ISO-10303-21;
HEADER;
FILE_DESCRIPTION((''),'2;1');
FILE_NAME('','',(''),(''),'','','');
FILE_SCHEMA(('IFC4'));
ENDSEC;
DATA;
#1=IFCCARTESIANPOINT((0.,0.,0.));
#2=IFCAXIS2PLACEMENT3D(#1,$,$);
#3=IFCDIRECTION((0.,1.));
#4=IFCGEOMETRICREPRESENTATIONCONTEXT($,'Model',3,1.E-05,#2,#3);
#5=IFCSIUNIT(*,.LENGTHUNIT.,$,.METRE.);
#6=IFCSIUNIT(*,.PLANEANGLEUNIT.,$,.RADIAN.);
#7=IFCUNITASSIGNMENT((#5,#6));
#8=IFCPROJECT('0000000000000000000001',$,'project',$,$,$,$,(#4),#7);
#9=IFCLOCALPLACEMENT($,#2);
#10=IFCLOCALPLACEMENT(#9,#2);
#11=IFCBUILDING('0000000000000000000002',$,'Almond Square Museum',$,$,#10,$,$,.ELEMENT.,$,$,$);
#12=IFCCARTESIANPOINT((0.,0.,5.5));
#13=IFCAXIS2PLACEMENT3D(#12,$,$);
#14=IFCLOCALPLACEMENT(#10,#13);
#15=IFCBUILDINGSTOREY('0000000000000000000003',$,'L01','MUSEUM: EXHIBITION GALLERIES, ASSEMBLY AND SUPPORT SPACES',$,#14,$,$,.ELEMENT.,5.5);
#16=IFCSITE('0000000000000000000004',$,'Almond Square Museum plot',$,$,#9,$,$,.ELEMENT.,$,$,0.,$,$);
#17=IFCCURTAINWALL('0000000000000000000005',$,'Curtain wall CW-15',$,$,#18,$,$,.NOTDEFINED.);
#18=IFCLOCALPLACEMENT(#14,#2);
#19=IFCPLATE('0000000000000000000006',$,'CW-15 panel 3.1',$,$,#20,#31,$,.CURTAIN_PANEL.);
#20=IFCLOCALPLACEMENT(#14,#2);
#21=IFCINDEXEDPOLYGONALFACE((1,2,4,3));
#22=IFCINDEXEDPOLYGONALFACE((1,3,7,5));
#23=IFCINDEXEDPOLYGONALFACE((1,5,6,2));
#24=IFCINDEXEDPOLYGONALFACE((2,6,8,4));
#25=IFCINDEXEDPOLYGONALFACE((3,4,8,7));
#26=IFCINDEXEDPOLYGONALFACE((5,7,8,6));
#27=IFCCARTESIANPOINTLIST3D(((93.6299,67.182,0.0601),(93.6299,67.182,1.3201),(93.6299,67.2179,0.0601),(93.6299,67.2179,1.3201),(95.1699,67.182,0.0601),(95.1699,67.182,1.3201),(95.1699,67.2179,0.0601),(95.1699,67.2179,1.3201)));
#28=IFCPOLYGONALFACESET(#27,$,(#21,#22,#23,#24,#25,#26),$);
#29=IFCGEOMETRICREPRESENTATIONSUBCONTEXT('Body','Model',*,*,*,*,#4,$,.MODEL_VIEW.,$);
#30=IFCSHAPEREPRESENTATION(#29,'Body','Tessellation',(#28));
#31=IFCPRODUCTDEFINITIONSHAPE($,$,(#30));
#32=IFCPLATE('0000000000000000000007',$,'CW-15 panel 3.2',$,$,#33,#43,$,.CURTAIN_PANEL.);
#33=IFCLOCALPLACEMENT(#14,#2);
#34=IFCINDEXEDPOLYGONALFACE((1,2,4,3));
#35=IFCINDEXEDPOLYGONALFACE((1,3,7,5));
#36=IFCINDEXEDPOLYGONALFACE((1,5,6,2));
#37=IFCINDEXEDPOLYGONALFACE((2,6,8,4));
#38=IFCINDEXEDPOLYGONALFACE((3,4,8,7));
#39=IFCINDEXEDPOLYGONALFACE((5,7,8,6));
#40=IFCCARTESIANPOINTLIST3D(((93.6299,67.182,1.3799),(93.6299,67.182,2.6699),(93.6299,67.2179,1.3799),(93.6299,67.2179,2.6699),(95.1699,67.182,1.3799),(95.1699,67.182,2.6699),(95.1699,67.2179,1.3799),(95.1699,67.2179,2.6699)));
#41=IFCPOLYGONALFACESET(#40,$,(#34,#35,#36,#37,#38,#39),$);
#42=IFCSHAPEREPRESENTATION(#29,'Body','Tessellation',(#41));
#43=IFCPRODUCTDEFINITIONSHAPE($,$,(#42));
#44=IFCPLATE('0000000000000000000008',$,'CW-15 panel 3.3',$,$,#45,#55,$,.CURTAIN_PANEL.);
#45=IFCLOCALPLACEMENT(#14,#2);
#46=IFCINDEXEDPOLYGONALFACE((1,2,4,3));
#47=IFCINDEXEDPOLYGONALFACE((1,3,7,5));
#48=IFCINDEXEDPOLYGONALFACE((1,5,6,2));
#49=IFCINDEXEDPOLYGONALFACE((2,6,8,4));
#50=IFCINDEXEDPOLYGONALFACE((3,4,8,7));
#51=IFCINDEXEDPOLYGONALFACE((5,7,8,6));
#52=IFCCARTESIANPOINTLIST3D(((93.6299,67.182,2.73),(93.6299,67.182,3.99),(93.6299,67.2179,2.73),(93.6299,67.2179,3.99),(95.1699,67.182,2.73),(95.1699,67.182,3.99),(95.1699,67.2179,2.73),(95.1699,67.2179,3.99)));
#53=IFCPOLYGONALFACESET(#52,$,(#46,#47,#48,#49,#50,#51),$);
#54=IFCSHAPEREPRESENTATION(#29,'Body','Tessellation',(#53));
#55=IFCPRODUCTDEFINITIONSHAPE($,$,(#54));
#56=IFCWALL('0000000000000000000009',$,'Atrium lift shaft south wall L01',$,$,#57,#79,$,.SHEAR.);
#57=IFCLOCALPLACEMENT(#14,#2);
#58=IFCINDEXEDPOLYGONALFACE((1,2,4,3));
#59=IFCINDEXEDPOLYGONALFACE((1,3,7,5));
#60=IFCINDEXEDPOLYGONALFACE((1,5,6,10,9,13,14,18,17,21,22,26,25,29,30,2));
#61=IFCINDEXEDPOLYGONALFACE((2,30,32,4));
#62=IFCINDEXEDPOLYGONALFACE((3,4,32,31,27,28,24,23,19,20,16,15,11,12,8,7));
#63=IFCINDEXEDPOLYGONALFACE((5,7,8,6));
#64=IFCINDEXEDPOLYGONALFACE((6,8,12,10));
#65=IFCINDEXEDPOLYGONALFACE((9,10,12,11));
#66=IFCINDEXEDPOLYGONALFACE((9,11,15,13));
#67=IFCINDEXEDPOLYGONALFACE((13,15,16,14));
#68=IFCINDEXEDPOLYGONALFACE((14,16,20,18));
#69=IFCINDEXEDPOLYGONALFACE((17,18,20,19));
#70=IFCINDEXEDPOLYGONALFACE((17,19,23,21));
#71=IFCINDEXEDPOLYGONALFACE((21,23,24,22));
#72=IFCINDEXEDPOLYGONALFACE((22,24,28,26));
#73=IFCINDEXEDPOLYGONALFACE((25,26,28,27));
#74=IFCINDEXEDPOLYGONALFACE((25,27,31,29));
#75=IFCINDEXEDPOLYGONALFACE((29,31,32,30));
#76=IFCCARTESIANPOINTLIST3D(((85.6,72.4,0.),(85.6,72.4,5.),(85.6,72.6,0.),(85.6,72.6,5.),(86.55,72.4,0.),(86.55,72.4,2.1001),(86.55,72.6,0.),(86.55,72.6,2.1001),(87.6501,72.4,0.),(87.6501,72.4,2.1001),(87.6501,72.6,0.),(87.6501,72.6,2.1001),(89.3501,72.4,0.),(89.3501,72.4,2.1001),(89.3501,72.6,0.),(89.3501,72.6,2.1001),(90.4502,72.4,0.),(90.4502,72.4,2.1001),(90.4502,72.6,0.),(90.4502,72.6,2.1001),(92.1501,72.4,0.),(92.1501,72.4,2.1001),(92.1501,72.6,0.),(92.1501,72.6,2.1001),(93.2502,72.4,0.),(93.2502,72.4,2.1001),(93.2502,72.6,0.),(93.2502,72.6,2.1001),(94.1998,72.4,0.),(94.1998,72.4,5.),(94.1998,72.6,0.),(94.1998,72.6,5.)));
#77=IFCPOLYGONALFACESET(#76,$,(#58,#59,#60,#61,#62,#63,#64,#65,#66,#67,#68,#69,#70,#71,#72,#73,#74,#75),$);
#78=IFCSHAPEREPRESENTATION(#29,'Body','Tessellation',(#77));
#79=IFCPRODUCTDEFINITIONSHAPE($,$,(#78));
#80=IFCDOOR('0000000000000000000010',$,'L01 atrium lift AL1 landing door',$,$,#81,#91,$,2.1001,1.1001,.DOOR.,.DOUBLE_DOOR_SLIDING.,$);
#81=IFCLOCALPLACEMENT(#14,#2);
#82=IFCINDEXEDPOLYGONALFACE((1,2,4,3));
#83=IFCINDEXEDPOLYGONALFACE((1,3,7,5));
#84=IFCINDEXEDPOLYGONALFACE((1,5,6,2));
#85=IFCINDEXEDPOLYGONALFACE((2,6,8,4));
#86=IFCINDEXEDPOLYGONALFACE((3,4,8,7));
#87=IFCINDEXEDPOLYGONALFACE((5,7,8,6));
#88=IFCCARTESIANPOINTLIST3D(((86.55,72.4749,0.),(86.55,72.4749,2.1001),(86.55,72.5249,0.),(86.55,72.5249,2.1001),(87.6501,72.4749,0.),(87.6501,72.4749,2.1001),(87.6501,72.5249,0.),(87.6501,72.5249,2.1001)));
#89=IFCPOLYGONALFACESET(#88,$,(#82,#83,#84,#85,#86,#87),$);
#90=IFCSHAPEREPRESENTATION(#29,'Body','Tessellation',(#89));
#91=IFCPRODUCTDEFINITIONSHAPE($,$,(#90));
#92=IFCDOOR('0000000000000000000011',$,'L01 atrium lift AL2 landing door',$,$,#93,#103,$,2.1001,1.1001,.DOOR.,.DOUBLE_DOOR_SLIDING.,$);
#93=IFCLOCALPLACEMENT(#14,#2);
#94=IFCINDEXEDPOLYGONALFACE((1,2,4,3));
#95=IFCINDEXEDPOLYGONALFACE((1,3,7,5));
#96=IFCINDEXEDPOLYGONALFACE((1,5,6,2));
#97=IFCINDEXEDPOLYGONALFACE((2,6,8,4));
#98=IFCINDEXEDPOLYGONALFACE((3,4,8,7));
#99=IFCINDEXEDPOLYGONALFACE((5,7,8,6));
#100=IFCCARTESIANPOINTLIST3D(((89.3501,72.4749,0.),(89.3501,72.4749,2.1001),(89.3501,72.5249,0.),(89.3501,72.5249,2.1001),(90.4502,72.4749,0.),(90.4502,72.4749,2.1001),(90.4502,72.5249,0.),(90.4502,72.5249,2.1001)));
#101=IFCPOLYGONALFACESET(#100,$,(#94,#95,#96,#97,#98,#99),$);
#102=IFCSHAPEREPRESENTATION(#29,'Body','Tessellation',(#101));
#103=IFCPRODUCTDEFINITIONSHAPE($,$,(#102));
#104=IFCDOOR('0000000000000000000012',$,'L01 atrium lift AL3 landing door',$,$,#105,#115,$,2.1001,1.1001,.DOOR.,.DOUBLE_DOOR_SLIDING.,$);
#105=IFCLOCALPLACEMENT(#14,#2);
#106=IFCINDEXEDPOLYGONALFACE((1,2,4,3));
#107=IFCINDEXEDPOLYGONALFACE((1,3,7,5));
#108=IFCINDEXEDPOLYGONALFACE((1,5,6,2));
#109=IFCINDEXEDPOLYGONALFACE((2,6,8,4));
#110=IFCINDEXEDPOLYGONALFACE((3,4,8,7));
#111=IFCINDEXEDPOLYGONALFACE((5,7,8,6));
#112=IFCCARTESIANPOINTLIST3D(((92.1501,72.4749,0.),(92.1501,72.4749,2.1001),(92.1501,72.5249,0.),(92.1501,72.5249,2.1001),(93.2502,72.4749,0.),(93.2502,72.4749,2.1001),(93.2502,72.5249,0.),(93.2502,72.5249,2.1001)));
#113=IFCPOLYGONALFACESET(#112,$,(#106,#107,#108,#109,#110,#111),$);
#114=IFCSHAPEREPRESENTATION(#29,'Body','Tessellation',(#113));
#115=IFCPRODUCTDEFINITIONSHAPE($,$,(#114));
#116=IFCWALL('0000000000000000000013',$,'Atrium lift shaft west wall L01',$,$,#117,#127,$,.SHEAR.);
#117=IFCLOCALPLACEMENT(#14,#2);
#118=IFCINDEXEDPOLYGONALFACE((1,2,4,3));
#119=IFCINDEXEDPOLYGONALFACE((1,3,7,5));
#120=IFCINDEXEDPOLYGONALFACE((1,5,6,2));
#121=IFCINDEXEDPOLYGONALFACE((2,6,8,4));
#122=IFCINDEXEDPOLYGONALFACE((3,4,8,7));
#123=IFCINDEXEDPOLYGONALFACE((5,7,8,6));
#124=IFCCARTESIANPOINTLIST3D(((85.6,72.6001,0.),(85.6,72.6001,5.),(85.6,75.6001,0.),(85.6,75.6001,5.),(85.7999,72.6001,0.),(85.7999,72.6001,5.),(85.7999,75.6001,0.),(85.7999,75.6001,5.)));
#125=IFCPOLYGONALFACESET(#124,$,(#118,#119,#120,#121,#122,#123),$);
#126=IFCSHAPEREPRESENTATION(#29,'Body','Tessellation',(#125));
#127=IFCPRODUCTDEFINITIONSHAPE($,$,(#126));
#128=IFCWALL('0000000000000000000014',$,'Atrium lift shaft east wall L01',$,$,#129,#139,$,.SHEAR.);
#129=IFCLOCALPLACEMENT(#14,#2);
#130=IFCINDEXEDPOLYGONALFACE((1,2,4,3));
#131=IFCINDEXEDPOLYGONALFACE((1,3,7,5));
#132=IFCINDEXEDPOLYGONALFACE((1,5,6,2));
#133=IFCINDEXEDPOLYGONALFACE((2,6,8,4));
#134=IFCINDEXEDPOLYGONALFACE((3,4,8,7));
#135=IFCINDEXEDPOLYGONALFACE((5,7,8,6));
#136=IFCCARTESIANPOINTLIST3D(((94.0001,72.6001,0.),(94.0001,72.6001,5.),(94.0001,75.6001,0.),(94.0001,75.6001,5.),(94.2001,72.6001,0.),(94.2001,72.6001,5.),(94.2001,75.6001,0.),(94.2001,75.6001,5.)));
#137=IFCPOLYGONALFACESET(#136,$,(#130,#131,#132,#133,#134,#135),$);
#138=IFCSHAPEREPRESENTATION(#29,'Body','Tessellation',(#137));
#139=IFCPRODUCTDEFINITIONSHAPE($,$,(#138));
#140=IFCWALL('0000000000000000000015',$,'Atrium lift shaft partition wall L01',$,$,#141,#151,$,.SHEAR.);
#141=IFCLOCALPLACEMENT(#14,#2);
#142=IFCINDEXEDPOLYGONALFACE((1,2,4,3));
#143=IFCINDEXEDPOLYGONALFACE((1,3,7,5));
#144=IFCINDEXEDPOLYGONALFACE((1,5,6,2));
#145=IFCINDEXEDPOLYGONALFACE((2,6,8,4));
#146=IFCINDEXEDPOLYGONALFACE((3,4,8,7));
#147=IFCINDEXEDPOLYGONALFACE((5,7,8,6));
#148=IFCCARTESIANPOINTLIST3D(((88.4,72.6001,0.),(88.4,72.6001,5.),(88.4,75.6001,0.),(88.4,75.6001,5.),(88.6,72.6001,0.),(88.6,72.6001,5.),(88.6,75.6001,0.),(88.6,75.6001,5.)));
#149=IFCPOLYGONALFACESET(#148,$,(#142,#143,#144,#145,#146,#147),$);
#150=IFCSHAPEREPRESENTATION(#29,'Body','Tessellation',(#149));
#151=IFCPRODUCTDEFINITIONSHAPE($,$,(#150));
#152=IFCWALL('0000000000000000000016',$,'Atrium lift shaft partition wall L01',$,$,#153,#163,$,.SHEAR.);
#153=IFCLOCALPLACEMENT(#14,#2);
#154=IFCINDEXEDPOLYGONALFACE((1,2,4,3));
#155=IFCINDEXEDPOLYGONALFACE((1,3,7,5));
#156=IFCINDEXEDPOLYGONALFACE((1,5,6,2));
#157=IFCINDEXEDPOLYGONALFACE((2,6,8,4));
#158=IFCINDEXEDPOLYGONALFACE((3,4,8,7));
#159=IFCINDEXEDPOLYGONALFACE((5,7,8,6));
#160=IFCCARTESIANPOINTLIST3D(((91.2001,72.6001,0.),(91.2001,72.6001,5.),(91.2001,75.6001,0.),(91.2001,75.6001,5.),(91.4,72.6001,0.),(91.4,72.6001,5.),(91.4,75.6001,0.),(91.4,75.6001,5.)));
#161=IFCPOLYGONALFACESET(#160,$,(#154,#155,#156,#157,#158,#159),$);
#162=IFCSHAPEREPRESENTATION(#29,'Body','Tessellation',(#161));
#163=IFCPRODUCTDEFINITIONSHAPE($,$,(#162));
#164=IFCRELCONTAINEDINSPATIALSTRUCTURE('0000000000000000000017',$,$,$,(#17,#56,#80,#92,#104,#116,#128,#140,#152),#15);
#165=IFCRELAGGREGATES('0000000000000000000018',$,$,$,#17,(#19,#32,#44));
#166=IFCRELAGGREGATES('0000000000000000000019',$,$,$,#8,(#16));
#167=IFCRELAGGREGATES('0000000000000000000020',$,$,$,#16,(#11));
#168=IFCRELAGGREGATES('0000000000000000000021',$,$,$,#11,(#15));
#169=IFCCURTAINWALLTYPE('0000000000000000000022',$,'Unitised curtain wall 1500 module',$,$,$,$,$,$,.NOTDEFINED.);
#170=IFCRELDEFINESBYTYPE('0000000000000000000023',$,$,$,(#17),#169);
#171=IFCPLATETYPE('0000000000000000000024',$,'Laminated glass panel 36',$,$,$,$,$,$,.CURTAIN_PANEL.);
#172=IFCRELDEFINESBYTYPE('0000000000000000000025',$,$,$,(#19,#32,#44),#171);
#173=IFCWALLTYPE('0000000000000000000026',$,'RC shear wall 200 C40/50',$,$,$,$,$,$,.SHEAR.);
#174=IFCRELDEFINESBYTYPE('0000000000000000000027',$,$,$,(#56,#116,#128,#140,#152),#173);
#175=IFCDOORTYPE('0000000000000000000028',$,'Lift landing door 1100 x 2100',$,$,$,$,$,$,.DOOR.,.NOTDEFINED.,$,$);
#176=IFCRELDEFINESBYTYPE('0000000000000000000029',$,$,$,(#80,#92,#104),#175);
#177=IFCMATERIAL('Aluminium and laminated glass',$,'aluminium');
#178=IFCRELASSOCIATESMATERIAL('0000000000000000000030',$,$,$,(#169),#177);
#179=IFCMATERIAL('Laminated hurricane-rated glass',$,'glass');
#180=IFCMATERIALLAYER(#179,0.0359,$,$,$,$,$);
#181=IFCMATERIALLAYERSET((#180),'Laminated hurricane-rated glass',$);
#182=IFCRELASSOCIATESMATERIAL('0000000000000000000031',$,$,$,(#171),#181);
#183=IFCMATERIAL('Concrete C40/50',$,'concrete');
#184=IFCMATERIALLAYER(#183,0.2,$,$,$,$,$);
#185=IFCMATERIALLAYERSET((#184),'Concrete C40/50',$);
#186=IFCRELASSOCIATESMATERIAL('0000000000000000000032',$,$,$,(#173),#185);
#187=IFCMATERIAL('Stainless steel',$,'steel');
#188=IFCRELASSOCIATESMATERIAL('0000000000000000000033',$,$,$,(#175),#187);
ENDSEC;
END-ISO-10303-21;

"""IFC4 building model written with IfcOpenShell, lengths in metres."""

from ifc_helpers import new_model, si_unit, direction, frame, frame_2d, origin, origin_2d, place, context, subcontext, project, spatial, rectangle, extrude, material, layer, layer_set, type_object, element, fill, aggregate, save


model = new_model("IFC4")

# Units and contexts
model_context = context("Model", 3, precision=1e-05, world=origin(), true_north=direction((0.0, 1.0)))
body_context = subcontext(model_context, "Body", "Model", "MODEL_VIEW")
ifc_project = project(units=[si_unit("LENGTHUNIT", "METRE"), si_unit("PLANEANGLEUNIT", "RADIAN")], contexts=[model_context])

# Site, building, storey
site_placement = place(None, origin())
site = spatial("IfcSite", under=ifc_project, at=site_placement, Name="Almond Square Museum plot", CompositionType="ELEMENT", RefElevation=0.0)
building_placement = place(site_placement, origin())
building = spatial("IfcBuilding", under=site, at=building_placement, Name="Almond Square Museum", CompositionType="ELEMENT")
storey_placement = place(building_placement, frame((0.0, 0.0, 5.5)))
storey = spatial("IfcBuildingStorey", under=building, at=storey_placement, Name="L01", Description="MUSEUM: EXHIBITION GALLERIES, ASSEMBLY AND SUPPORT SPACES", CompositionType="ELEMENT", Elevation=5.5)

# Curtain wall
ifc_material_1 = material(Name="Aluminium and laminated glass", Category="aluminium")
curtain_wall_type = type_object("IfcCurtainWallType", Name="Unitised curtain wall 1500 module", PredefinedType="NOTDEFINED", material=ifc_material_1)
curtain_wall_placement = place(storey_placement, origin())
curtain_wall = element("IfcCurtainWall", 1, at=curtain_wall_placement, inside=storey, type_object=curtain_wall_type, Name="Curtain wall CW-15", PredefinedType="NOTDEFINED")

# Plates
ifc_material_2 = material(Name="Laminated hurricane-rated glass", Category="glass")
ifc_layer_1 = layer(ifc_material_2, 0.0359)
ifc_layer_set_1 = layer_set([ifc_layer_1], Name="Laminated hurricane-rated glass")
plate_type = type_object("IfcPlateType", Name="Laminated glass panel 36", PredefinedType="CURTAIN_PANEL", material=ifc_layer_set_1)
plate_1_placement = place(storey_placement, frame((94.3999, 67.2, 0.0601), z_axis=(0.0, 0.0, 1.0), x_axis=(1.0, 0.0, 0.0)))
plate_1 = element("IfcPlate", 2, at=plate_1_placement, type_object=plate_type, Name="CW-15 panel 3.1", PredefinedType="CURTAIN_PANEL", context=body_context, shape_type="SweptSolid", body=[
    extrude(rectangle(XDim=1.54, YDim=0.0359, at=origin_2d()), origin(), (0.0, 0.0, 1.0), 1.26),
])
plate_2_placement = place(storey_placement, frame((94.3999, 67.2, 1.3799), z_axis=(0.0, 0.0, 1.0), x_axis=(1.0, 0.0, 0.0)))
plate_2 = element("IfcPlate", 3, at=plate_2_placement, type_object=plate_type, Name="CW-15 panel 3.2", PredefinedType="CURTAIN_PANEL", context=body_context, shape_type="SweptSolid", body=[
    extrude(rectangle(XDim=1.54, YDim=0.0359, at=origin_2d()), origin(), (0.0, 0.0, 1.0), 1.29),
])
plate_3_placement = place(storey_placement, frame((94.3999, 67.2, 2.73), z_axis=(0.0, 0.0, 1.0), x_axis=(1.0, 0.0, 0.0)))
plate_3 = element("IfcPlate", 4, at=plate_3_placement, type_object=plate_type, Name="CW-15 panel 3.3", PredefinedType="CURTAIN_PANEL", context=body_context, shape_type="SweptSolid", body=[
    extrude(rectangle(XDim=1.54, YDim=0.0359, at=origin_2d()), origin(), (0.0, 0.0, 1.0), 1.26),
])
aggregate(curtain_wall, [plate_1, plate_2, plate_3])

# Wall, openings, doors
ifc_material_3 = material(Name="Concrete C40/50", Category="concrete")
ifc_layer_2 = layer(ifc_material_3, 0.2)
ifc_layer_set_2 = layer_set([ifc_layer_2], Name="Concrete C40/50")
wall_type = type_object("IfcWallType", Name="RC shear wall 200 C40/50", PredefinedType="SHEAR", material=ifc_layer_set_2)
wall_placement = place(storey_placement, frame((85.6001, 72.5, 0.0), z_axis=(0.0, 0.0, 1.0), x_axis=(1.0, 0.0, 0.0)))
wall = element("IfcWall", 5, at=wall_placement, inside=storey, type_object=wall_type, Name="Atrium lift shaft south wall L01", PredefinedType="SHEAR", context=body_context, shape_type="SweptSolid", body=[
    extrude(rectangle(XDim=8.5999, YDim=0.2, at=frame_2d((4.2998, 0.0))), origin(), (0.0, 0.0, 1.0), 5.0),
])
opening_1_placement = place(wall_placement, frame((0.95, 0.0, 0.0)))
opening_1 = element("IfcOpeningElement", 6, at=opening_1_placement, cuts=wall, PredefinedType="OPENING", context=body_context, shape_type="SweptSolid", body=[
    extrude(rectangle(XDim=1.1001, YDim=2.1001, at=frame_2d((0.55, 1.05))), frame((0.0, 0.1099, 0.0), z_axis=(0.0, -1.0, 0.0), x_axis=(1.0, 0.0, 0.0)), (0.0, 0.0, 1.0), 0.22),
])
opening_2_placement = place(wall_placement, frame((3.75, 0.0, 0.0)))
opening_2 = element("IfcOpeningElement", 7, at=opening_2_placement, cuts=wall, PredefinedType="OPENING", context=body_context, shape_type="SweptSolid", body=[
    extrude(rectangle(XDim=1.1001, YDim=2.1001, at=frame_2d((0.55, 1.05))), frame((0.0, 0.1099, 0.0), z_axis=(0.0, -1.0, 0.0), x_axis=(1.0, 0.0, 0.0)), (0.0, 0.0, 1.0), 0.22),
])
opening_3_placement = place(wall_placement, frame((6.55, 0.0, 0.0)))
opening_3 = element("IfcOpeningElement", 8, at=opening_3_placement, cuts=wall, PredefinedType="OPENING", context=body_context, shape_type="SweptSolid", body=[
    extrude(rectangle(XDim=1.1001, YDim=2.1001, at=frame_2d((0.55, 1.05))), frame((0.0, 0.1099, 0.0), z_axis=(0.0, -1.0, 0.0), x_axis=(1.0, 0.0, 0.0)), (0.0, 0.0, 1.0), 0.22),
])
ifc_material_4 = material(Name="Stainless steel", Category="steel")
door_type = type_object("IfcDoorType", Name="Lift landing door 1100 x 2100", OperationType="NOTDEFINED", PredefinedType="DOOR", material=ifc_material_4)
door_1_placement = place(opening_1_placement, origin())
door_1 = element("IfcDoor", 9, at=door_1_placement, inside=storey, type_object=door_type, Name="L01 atrium lift AL1 landing door", OperationType="DOUBLE_DOOR_SLIDING", OverallHeight=2.1001, OverallWidth=1.1001, PredefinedType="DOOR", context=body_context, shape_type="SweptSolid", body=[
    extrude(rectangle(XDim=1.1001, YDim=2.1001, at=frame_2d((0.55, 1.05))), frame((0.0, 0.0249, 0.0), z_axis=(0.0, -1.0, 0.0), x_axis=(1.0, 0.0, 0.0)), (0.0, 0.0, 1.0), 0.05),
])
fill(opening_1, door_1)
door_2_placement = place(opening_2_placement, origin())
door_2 = element("IfcDoor", 10, at=door_2_placement, inside=storey, type_object=door_type, Name="L01 atrium lift AL2 landing door", OperationType="DOUBLE_DOOR_SLIDING", OverallHeight=2.1001, OverallWidth=1.1001, PredefinedType="DOOR", context=body_context, shape_type="SweptSolid", body=[
    extrude(rectangle(XDim=1.1001, YDim=2.1001, at=frame_2d((0.55, 1.05))), frame((0.0, 0.0249, 0.0), z_axis=(0.0, -1.0, 0.0), x_axis=(1.0, 0.0, 0.0)), (0.0, 0.0, 1.0), 0.05),
])
fill(opening_2, door_2)
door_3_placement = place(opening_3_placement, origin())
door_3 = element("IfcDoor", 11, at=door_3_placement, inside=storey, type_object=door_type, Name="L01 atrium lift AL3 landing door", OperationType="DOUBLE_DOOR_SLIDING", OverallHeight=2.1001, OverallWidth=1.1001, PredefinedType="DOOR", context=body_context, shape_type="SweptSolid", body=[
    extrude(rectangle(XDim=1.1001, YDim=2.1001, at=frame_2d((0.55, 1.05))), frame((0.0, 0.0249, 0.0), z_axis=(0.0, -1.0, 0.0), x_axis=(1.0, 0.0, 0.0)), (0.0, 0.0, 1.0), 0.05),
])
fill(opening_3, door_3)

# Walls
for number, where, z_axis, x_axis, name in (
    (12, (85.7, 72.6001, 0.0), (0.0, 0.0, 1.0), (0.0, 1.0, 0.0), "Atrium lift shaft west wall L01"),
    (13, (94.1001, 72.6001, 0.0), (0.0, 0.0, 1.0), (0.0, 1.0, 0.0), "Atrium lift shaft east wall L01"),
    (14, (88.5, 72.6001, 0.0), (0.0, 0.0, 1.0), (0.0, 1.0, 0.0), "Atrium lift shaft partition wall L01"),
    (15, (91.3, 72.6001, 0.0), (0.0, 0.0, 1.0), (0.0, 1.0, 0.0), "Atrium lift shaft partition wall L01"),
):
    element("IfcWall", number, at=place(storey_placement, frame(where, z_axis=z_axis, x_axis=x_axis)), inside=storey, type_object=wall_type, Name=name, PredefinedType="SHEAR", context=body_context, shape_type="SweptSolid", body=[
        extrude(rectangle(XDim=3.0, YDim=0.2, at=frame_2d((1.5, 0.0))), origin(), (0.0, 0.0, 1.0), 5.0),
    ])

save(model, "model.ifc")
